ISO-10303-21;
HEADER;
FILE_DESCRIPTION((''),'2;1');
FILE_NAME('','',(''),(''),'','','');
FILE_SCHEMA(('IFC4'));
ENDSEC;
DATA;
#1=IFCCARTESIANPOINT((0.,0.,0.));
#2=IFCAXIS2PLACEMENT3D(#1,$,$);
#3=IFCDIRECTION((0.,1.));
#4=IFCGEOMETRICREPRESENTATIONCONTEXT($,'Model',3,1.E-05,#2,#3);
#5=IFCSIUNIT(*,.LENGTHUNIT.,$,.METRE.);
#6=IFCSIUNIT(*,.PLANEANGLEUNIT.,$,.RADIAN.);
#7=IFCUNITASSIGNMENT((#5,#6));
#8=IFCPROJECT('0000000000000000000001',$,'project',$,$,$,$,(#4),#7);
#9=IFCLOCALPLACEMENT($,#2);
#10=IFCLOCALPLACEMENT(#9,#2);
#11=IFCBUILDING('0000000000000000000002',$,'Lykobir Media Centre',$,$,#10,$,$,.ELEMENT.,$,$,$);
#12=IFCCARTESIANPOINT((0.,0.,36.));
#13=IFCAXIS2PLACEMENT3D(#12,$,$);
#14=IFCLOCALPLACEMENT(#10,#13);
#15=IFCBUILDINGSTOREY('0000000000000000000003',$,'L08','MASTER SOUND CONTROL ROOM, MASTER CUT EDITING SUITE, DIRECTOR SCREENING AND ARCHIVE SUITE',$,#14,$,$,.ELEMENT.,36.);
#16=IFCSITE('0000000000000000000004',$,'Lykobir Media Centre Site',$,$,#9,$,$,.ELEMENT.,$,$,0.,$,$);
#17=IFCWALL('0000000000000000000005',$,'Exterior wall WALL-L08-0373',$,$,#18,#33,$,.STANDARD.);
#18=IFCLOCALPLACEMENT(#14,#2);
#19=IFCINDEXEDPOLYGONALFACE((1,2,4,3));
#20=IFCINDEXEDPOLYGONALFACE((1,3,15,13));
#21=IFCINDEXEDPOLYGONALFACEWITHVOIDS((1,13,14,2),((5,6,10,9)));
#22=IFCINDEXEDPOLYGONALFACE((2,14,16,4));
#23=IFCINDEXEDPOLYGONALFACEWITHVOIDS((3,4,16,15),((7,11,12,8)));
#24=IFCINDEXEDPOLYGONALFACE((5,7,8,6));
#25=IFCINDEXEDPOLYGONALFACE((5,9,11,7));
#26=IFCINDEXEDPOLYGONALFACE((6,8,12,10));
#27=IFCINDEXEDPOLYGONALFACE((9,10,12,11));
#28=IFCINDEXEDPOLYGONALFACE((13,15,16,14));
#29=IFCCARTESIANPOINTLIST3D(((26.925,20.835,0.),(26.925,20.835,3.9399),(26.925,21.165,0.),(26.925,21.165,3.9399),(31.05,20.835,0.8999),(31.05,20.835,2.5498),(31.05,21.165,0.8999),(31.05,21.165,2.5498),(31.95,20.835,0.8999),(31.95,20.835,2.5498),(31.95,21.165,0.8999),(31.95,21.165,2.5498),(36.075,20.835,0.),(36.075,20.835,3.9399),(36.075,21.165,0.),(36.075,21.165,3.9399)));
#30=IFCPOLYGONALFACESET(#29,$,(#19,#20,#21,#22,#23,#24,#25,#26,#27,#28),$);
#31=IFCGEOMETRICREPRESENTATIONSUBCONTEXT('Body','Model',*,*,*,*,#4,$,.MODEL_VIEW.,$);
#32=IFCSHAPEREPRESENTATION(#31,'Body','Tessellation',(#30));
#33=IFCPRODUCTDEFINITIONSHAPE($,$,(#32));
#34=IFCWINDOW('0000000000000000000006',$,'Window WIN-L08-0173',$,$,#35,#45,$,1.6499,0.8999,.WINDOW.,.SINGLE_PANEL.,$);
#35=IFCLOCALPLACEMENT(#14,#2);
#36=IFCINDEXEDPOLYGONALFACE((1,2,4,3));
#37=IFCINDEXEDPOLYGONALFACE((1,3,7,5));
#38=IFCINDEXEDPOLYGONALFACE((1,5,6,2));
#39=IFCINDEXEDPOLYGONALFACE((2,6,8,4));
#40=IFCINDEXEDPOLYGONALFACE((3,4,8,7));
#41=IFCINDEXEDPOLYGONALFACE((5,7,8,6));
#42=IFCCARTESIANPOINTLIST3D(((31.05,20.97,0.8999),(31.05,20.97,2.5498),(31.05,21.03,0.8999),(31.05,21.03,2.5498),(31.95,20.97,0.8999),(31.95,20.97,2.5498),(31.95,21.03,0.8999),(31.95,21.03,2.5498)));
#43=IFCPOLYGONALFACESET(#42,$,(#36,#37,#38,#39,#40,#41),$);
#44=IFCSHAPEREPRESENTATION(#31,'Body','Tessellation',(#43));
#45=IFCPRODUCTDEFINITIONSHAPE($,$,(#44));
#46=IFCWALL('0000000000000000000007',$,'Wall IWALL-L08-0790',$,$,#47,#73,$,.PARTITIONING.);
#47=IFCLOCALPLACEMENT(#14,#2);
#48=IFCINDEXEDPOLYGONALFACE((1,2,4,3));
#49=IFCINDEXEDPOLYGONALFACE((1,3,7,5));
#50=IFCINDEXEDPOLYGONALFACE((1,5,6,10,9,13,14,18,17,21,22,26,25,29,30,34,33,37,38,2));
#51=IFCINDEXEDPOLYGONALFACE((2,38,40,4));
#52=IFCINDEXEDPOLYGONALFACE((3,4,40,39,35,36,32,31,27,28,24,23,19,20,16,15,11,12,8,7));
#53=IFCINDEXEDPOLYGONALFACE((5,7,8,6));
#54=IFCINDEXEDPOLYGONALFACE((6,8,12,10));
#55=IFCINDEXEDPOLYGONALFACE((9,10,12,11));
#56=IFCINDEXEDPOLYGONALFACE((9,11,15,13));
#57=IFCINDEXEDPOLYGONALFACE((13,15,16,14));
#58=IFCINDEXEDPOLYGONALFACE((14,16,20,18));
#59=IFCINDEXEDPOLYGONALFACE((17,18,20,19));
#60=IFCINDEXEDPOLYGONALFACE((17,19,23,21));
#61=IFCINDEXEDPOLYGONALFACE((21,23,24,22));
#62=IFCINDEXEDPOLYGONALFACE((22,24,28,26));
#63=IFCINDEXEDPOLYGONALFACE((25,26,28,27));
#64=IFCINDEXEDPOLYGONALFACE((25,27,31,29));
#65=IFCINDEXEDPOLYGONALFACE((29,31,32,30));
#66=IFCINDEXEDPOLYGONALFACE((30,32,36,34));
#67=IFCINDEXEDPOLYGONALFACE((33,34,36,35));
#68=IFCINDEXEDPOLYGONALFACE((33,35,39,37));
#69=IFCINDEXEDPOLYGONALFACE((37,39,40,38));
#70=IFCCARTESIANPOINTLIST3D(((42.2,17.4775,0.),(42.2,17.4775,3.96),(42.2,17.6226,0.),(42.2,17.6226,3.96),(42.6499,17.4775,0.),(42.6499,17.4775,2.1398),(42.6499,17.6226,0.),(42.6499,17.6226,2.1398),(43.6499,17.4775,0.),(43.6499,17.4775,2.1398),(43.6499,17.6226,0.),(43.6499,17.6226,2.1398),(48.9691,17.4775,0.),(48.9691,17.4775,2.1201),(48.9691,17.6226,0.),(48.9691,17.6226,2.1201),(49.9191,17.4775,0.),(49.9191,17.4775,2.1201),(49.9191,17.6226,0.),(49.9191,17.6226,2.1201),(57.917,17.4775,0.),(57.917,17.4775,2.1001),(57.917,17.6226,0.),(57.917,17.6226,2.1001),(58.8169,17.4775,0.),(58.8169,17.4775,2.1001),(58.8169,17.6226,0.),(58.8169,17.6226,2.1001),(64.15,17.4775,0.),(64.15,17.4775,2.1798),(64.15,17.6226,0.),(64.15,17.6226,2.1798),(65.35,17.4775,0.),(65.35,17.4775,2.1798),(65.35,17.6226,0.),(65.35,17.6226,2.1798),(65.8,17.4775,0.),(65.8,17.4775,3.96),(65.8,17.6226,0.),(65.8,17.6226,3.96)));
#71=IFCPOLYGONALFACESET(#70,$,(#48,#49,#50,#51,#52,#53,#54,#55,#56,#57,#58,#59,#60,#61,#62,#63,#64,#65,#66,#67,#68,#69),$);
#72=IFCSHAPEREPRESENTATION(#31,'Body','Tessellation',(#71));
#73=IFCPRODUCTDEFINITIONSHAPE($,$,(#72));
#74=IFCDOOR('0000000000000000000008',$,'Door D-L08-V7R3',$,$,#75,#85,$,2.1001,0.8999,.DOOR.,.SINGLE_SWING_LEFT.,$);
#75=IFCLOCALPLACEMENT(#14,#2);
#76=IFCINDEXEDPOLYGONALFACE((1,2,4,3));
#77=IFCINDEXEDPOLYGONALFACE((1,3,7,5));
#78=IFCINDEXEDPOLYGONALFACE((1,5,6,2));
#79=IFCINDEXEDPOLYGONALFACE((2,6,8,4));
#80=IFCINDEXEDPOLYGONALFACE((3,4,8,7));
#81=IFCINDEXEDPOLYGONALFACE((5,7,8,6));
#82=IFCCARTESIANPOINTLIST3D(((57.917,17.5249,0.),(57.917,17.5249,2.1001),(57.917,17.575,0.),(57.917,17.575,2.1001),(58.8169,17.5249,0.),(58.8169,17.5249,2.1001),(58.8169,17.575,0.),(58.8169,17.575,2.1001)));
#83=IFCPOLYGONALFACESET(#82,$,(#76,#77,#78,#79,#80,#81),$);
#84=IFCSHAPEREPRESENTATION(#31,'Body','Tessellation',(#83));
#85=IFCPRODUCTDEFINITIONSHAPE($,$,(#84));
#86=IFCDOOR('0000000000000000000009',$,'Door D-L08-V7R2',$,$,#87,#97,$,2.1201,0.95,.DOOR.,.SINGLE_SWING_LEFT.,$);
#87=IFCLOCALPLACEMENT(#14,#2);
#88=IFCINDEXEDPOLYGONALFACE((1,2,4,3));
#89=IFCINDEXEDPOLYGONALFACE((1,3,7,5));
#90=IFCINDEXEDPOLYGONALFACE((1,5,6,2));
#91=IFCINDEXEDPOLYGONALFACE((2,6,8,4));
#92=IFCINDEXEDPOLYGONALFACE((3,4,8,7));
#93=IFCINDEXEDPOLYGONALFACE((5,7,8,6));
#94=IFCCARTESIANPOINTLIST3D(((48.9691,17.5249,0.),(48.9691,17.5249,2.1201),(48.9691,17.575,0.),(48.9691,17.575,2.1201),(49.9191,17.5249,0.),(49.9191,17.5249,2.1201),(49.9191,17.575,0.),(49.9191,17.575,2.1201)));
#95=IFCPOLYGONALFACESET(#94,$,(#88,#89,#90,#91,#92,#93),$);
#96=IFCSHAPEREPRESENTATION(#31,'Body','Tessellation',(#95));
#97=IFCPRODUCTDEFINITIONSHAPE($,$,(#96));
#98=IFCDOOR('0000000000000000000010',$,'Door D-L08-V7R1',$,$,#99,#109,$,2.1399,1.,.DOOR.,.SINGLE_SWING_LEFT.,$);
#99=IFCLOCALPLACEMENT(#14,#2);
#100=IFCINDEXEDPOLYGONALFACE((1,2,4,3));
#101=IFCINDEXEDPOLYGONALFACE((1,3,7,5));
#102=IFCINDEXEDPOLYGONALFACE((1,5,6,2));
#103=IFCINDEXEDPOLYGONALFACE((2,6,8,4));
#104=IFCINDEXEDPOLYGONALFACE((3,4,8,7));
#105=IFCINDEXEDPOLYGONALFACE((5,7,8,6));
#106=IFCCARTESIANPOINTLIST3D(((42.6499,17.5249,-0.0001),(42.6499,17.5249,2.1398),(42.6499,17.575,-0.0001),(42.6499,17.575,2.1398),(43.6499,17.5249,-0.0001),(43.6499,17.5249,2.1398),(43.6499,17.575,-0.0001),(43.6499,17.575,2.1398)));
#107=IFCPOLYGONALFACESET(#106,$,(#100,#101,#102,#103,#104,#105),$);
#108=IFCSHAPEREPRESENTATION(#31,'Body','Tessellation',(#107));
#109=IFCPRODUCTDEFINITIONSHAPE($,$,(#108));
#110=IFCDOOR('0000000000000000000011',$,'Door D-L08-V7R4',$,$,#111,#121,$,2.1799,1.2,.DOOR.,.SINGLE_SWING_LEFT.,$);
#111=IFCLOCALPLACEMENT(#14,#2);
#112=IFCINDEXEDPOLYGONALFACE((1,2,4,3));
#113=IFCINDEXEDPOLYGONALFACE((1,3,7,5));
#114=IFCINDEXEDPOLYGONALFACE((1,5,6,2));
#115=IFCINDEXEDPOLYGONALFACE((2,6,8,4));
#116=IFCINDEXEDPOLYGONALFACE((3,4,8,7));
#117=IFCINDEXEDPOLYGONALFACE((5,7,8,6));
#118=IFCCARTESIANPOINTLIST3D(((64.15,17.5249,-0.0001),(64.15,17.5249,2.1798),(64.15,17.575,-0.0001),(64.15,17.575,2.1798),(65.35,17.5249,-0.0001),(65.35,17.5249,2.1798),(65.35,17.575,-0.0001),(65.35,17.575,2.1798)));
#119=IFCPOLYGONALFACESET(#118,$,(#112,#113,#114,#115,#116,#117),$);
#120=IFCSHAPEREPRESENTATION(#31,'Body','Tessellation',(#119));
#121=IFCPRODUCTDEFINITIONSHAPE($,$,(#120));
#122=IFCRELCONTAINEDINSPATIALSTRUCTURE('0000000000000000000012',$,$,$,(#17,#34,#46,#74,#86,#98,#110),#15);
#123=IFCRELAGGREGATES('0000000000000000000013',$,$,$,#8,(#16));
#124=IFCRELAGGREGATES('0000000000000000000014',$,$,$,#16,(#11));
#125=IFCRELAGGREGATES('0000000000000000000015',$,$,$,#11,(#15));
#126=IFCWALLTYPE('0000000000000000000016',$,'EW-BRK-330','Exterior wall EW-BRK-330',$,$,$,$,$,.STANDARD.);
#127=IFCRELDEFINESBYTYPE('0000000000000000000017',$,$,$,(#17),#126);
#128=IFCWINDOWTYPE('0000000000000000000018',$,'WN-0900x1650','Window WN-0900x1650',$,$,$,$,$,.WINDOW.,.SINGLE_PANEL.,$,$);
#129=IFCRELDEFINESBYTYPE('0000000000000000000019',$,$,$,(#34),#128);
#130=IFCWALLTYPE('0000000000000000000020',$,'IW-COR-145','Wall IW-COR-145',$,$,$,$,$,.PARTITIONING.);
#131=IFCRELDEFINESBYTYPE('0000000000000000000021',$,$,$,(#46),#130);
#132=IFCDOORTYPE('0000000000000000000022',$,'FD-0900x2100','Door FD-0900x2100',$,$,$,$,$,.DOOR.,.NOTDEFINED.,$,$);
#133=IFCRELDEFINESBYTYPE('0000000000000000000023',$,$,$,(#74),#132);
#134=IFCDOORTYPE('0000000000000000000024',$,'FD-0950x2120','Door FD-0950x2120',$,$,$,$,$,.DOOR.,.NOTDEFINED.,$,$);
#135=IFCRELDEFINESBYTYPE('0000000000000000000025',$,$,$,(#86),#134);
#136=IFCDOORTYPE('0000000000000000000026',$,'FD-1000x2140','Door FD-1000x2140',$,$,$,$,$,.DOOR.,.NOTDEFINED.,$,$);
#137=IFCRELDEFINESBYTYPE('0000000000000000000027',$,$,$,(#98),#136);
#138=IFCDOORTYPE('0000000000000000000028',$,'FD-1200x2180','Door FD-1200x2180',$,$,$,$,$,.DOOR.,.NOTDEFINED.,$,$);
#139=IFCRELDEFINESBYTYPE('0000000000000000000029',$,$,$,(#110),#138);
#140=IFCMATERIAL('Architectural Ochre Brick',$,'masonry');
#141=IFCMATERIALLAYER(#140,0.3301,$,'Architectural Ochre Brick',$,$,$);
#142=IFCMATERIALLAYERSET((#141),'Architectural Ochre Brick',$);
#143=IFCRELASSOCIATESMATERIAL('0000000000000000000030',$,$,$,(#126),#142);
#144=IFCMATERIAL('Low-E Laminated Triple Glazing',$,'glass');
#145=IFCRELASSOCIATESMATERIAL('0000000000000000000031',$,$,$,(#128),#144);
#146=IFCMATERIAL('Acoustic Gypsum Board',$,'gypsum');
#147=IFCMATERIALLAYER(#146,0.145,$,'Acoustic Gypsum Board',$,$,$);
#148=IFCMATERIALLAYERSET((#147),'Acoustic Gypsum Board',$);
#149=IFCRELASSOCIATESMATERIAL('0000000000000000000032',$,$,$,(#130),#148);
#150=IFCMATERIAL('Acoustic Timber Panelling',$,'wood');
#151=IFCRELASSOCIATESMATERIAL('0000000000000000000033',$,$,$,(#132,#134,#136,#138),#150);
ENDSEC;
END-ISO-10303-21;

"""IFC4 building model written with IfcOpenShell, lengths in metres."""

from ifc_helpers import new_model, si_unit, direction, frame, frame_2d, origin, place, context, subcontext, project, spatial, rectangle, extrude, material, layer, layer_set, type_object, element, fill, save


model = new_model("IFC4")

# Units and contexts
model_context = context("Model", 3, precision=1e-05, world=origin(), true_north=direction((0.0, 1.0)))
body_context = subcontext(model_context, "Body", "Model", "MODEL_VIEW")
ifc_project = project(units=[si_unit("LENGTHUNIT", "METRE"), si_unit("PLANEANGLEUNIT", "RADIAN")], contexts=[model_context])

# Site, building, storey
site_placement = place(None, origin())
site = spatial("IfcSite", under=ifc_project, at=site_placement, Name="Lykobir Media Centre Site", CompositionType="ELEMENT", RefElevation=0.0)
building_placement = place(site_placement, origin())
building = spatial("IfcBuilding", under=site, at=building_placement, Name="Lykobir Media Centre", CompositionType="ELEMENT")
storey_placement = place(building_placement, frame((0.0, 0.0, 36.0)))
storey = spatial("IfcBuildingStorey", under=building, at=storey_placement, Name="L08", Description="MASTER SOUND CONTROL ROOM, MASTER CUT EDITING SUITE, DIRECTOR SCREENING AND ARCHIVE SUITE", CompositionType="ELEMENT", Elevation=36.0)

# Wall, opening, window
ifc_material_1 = material(Name="Architectural Ochre Brick", Category="masonry")
ifc_layer_1 = layer(ifc_material_1, 0.3301, Name="Architectural Ochre Brick")
ifc_layer_set_1 = layer_set([ifc_layer_1], Name="Architectural Ochre Brick")
wall_type_1 = type_object("IfcWallType", Name="EW-BRK-330", Description="Exterior wall EW-BRK-330", PredefinedType="STANDARD", material=ifc_layer_set_1)
wall_1_placement = place(storey_placement, frame((36.075, 21.0, 0.0), z_axis=(0.0, 0.0, 1.0), x_axis=(-1.0, 0.0, 0.0)))
wall_1 = element("IfcWall", 1, at=wall_1_placement, inside=storey, type_object=wall_type_1, Name="Exterior wall WALL-L08-0373", PredefinedType="STANDARD", context=body_context, shape_type="SweptSolid", body=[
    extrude(rectangle(XDim=9.1499, YDim=0.3301, at=frame_2d((4.575, 0.0))), origin(), (0.0, 0.0, 1.0), 3.9399),
])
opening_1_placement = place(wall_1_placement, frame((4.125, 0.0, 0.8999)))
opening_1 = element("IfcOpeningElement", 2, at=opening_1_placement, cuts=wall_1, PredefinedType="OPENING", context=body_context, shape_type="SweptSolid", body=[
    extrude(rectangle(XDim=0.8999, YDim=1.6499, at=frame_2d((0.45, 0.825))), frame((0.0, 0.175, 0.0), z_axis=(0.0, -1.0, 0.0), x_axis=(1.0, 0.0, 0.0)), (0.0, 0.0, 1.0), 0.3501),
])
ifc_material_2 = material(Name="Low-E Laminated Triple Glazing", Category="glass")
window_type = type_object("IfcWindowType", Name="WN-0900x1650", Description="Window WN-0900x1650", PartitioningType="SINGLE_PANEL", PredefinedType="WINDOW", material=ifc_material_2)
window_placement = place(opening_1_placement, origin())
window = element("IfcWindow", 3, at=window_placement, inside=storey, type_object=window_type, Name="Window WIN-L08-0173", OverallHeight=1.6499, OverallWidth=0.8999, PartitioningType="SINGLE_PANEL", PredefinedType="WINDOW", context=body_context, shape_type="SweptSolid", body=[
    extrude(rectangle(XDim=0.8999, YDim=1.6499, at=frame_2d((0.45, 0.825))), frame((0.0, 0.03, 0.0), z_axis=(0.0, -1.0, 0.0), x_axis=(1.0, 0.0, 0.0)), (0.0, 0.0, 1.0), 0.0601),
])
fill(opening_1, window)

# Wall, openings, doors
ifc_material_3 = material(Name="Acoustic Gypsum Board", Category="gypsum")
ifc_layer_2 = layer(ifc_material_3, 0.145, Name="Acoustic Gypsum Board")
ifc_layer_set_2 = layer_set([ifc_layer_2], Name="Acoustic Gypsum Board")
wall_type_2 = type_object("IfcWallType", Name="IW-COR-145", Description="Wall IW-COR-145", PredefinedType="PARTITIONING", material=ifc_layer_set_2)
wall_2_placement = place(storey_placement, frame((42.2, 17.55, 0.0), z_axis=(0.0, 0.0, 1.0), x_axis=(1.0, 0.0, 0.0)))
wall_2 = element("IfcWall", 4, at=wall_2_placement, inside=storey, type_object=wall_type_2, Name="Wall IWALL-L08-0790", PredefinedType="PARTITIONING", context=body_context, shape_type="SweptSolid", body=[
    extrude(rectangle(XDim=23.6001, YDim=0.145, at=frame_2d((11.8, 0.0))), origin(), (0.0, 0.0, 1.0), 3.96),
])
opening_2_placement = place(wall_2_placement, frame((0.45, 0.0, 0.0)))
opening_2 = element("IfcOpeningElement", 5, at=opening_2_placement, cuts=wall_2, PredefinedType="OPENING", context=body_context, shape_type="SweptSolid", body=[
    extrude(rectangle(XDim=1.0, YDim=2.1399, at=frame_2d((0.5, 1.0698))), frame((0.0, 0.0825, 0.0), z_axis=(0.0, -1.0, 0.0), x_axis=(1.0, 0.0, 0.0)), (0.0, 0.0, 1.0), 0.165),
])
opening_3_placement = place(wall_2_placement, frame((6.769, 0.0, 0.0)))
opening_3 = element("IfcOpeningElement", 6, at=opening_3_placement, cuts=wall_2, PredefinedType="OPENING", context=body_context, shape_type="SweptSolid", body=[
    extrude(rectangle(XDim=0.95, YDim=2.1201, at=frame_2d((0.4751, 1.0601))), frame((0.0, 0.0825, 0.0), z_axis=(0.0, -1.0, 0.0), x_axis=(1.0, 0.0, 0.0)), (0.0, 0.0, 1.0), 0.165),
])
opening_4_placement = place(wall_2_placement, frame((15.717, 0.0, 0.0)))
opening_4 = element("IfcOpeningElement", 7, at=opening_4_placement, cuts=wall_2, PredefinedType="OPENING", context=body_context, shape_type="SweptSolid", body=[
    extrude(rectangle(XDim=0.8999, YDim=2.1001, at=frame_2d((0.45, 1.05))), frame((0.0, 0.0825, 0.0), z_axis=(0.0, -1.0, 0.0), x_axis=(1.0, 0.0, 0.0)), (0.0, 0.0, 1.0), 0.165),
])
opening_5_placement = place(wall_2_placement, frame((21.95, 0.0, 0.0)))
opening_5 = element("IfcOpeningElement", 8, at=opening_5_placement, cuts=wall_2, PredefinedType="OPENING", context=body_context, shape_type="SweptSolid", body=[
    extrude(rectangle(XDim=1.2, YDim=2.1799, at=frame_2d((0.6001, 1.0898))), frame((0.0, 0.0825, 0.0), z_axis=(0.0, -1.0, 0.0), x_axis=(1.0, 0.0, 0.0)), (0.0, 0.0, 1.0), 0.165),
])
ifc_material_4 = material(Name="Acoustic Timber Panelling", Category="wood")
door_type_1 = type_object("IfcDoorType", Name="FD-0900x2100", Description="Door FD-0900x2100", OperationType="NOTDEFINED", PredefinedType="DOOR", material=ifc_material_4)
door_1_placement = place(opening_4_placement, origin())
door_1 = element("IfcDoor", 9, at=door_1_placement, inside=storey, type_object=door_type_1, Name="Door D-L08-V7R3", OperationType="SINGLE_SWING_LEFT", OverallHeight=2.1001, OverallWidth=0.8999, PredefinedType="DOOR", context=body_context, shape_type="SweptSolid", body=[
    extrude(rectangle(XDim=0.8999, YDim=2.1001, at=frame_2d((0.45, 1.05))), frame((0.0, 0.0249, 0.0), z_axis=(0.0, -1.0, 0.0), x_axis=(1.0, 0.0, 0.0)), (0.0, 0.0, 1.0), 0.05),
])
fill(opening_4, door_1)
door_type_2 = type_object("IfcDoorType", Name="FD-0950x2120", Description="Door FD-0950x2120", OperationType="NOTDEFINED", PredefinedType="DOOR", material=ifc_material_4)
door_2_placement = place(opening_3_placement, origin())
door_2 = element("IfcDoor", 10, at=door_2_placement, inside=storey, type_object=door_type_2, Name="Door D-L08-V7R2", OperationType="SINGLE_SWING_LEFT", OverallHeight=2.1201, OverallWidth=0.95, PredefinedType="DOOR", context=body_context, shape_type="SweptSolid", body=[
    extrude(rectangle(XDim=0.95, YDim=2.1201, at=frame_2d((0.4751, 1.0601))), frame((0.0, 0.0249, 0.0), z_axis=(0.0, -1.0, 0.0), x_axis=(1.0, 0.0, 0.0)), (0.0, 0.0, 1.0), 0.05),
])
fill(opening_3, door_2)
door_type_3 = type_object("IfcDoorType", Name="FD-1000x2140", Description="Door FD-1000x2140", OperationType="NOTDEFINED", PredefinedType="DOOR", material=ifc_material_4)
door_3_placement = place(opening_2_placement, origin())
door_3 = element("IfcDoor", 11, at=door_3_placement, inside=storey, type_object=door_type_3, Name="Door D-L08-V7R1", OperationType="SINGLE_SWING_LEFT", OverallHeight=2.1399, OverallWidth=1.0, PredefinedType="DOOR", context=body_context, shape_type="SweptSolid", body=[
    extrude(rectangle(XDim=1.0, YDim=2.1399, at=frame_2d((0.5, 1.0698))), frame((0.0, 0.0249, 0.0), z_axis=(0.0, -1.0, 0.0), x_axis=(1.0, 0.0, 0.0)), (0.0, 0.0, 1.0), 0.05),
])
fill(opening_2, door_3)
door_type_4 = type_object("IfcDoorType", Name="FD-1200x2180", Description="Door FD-1200x2180", OperationType="NOTDEFINED", PredefinedType="DOOR", material=ifc_material_4)
door_4_placement = place(opening_5_placement, origin())
door_4 = element("IfcDoor", 12, at=door_4_placement, inside=storey, type_object=door_type_4, Name="Door D-L08-V7R4", OperationType="SINGLE_SWING_LEFT", OverallHeight=2.1799, OverallWidth=1.2, PredefinedType="DOOR", context=body_context, shape_type="SweptSolid", body=[
    extrude(rectangle(XDim=1.2, YDim=2.1799, at=frame_2d((0.6001, 1.0898))), frame((0.0, 0.0249, 0.0), z_axis=(0.0, -1.0, 0.0), x_axis=(1.0, 0.0, 0.0)), (0.0, 0.0, 1.0), 0.05),
])
fill(opening_5, door_4)

save(model, "model.ifc")
